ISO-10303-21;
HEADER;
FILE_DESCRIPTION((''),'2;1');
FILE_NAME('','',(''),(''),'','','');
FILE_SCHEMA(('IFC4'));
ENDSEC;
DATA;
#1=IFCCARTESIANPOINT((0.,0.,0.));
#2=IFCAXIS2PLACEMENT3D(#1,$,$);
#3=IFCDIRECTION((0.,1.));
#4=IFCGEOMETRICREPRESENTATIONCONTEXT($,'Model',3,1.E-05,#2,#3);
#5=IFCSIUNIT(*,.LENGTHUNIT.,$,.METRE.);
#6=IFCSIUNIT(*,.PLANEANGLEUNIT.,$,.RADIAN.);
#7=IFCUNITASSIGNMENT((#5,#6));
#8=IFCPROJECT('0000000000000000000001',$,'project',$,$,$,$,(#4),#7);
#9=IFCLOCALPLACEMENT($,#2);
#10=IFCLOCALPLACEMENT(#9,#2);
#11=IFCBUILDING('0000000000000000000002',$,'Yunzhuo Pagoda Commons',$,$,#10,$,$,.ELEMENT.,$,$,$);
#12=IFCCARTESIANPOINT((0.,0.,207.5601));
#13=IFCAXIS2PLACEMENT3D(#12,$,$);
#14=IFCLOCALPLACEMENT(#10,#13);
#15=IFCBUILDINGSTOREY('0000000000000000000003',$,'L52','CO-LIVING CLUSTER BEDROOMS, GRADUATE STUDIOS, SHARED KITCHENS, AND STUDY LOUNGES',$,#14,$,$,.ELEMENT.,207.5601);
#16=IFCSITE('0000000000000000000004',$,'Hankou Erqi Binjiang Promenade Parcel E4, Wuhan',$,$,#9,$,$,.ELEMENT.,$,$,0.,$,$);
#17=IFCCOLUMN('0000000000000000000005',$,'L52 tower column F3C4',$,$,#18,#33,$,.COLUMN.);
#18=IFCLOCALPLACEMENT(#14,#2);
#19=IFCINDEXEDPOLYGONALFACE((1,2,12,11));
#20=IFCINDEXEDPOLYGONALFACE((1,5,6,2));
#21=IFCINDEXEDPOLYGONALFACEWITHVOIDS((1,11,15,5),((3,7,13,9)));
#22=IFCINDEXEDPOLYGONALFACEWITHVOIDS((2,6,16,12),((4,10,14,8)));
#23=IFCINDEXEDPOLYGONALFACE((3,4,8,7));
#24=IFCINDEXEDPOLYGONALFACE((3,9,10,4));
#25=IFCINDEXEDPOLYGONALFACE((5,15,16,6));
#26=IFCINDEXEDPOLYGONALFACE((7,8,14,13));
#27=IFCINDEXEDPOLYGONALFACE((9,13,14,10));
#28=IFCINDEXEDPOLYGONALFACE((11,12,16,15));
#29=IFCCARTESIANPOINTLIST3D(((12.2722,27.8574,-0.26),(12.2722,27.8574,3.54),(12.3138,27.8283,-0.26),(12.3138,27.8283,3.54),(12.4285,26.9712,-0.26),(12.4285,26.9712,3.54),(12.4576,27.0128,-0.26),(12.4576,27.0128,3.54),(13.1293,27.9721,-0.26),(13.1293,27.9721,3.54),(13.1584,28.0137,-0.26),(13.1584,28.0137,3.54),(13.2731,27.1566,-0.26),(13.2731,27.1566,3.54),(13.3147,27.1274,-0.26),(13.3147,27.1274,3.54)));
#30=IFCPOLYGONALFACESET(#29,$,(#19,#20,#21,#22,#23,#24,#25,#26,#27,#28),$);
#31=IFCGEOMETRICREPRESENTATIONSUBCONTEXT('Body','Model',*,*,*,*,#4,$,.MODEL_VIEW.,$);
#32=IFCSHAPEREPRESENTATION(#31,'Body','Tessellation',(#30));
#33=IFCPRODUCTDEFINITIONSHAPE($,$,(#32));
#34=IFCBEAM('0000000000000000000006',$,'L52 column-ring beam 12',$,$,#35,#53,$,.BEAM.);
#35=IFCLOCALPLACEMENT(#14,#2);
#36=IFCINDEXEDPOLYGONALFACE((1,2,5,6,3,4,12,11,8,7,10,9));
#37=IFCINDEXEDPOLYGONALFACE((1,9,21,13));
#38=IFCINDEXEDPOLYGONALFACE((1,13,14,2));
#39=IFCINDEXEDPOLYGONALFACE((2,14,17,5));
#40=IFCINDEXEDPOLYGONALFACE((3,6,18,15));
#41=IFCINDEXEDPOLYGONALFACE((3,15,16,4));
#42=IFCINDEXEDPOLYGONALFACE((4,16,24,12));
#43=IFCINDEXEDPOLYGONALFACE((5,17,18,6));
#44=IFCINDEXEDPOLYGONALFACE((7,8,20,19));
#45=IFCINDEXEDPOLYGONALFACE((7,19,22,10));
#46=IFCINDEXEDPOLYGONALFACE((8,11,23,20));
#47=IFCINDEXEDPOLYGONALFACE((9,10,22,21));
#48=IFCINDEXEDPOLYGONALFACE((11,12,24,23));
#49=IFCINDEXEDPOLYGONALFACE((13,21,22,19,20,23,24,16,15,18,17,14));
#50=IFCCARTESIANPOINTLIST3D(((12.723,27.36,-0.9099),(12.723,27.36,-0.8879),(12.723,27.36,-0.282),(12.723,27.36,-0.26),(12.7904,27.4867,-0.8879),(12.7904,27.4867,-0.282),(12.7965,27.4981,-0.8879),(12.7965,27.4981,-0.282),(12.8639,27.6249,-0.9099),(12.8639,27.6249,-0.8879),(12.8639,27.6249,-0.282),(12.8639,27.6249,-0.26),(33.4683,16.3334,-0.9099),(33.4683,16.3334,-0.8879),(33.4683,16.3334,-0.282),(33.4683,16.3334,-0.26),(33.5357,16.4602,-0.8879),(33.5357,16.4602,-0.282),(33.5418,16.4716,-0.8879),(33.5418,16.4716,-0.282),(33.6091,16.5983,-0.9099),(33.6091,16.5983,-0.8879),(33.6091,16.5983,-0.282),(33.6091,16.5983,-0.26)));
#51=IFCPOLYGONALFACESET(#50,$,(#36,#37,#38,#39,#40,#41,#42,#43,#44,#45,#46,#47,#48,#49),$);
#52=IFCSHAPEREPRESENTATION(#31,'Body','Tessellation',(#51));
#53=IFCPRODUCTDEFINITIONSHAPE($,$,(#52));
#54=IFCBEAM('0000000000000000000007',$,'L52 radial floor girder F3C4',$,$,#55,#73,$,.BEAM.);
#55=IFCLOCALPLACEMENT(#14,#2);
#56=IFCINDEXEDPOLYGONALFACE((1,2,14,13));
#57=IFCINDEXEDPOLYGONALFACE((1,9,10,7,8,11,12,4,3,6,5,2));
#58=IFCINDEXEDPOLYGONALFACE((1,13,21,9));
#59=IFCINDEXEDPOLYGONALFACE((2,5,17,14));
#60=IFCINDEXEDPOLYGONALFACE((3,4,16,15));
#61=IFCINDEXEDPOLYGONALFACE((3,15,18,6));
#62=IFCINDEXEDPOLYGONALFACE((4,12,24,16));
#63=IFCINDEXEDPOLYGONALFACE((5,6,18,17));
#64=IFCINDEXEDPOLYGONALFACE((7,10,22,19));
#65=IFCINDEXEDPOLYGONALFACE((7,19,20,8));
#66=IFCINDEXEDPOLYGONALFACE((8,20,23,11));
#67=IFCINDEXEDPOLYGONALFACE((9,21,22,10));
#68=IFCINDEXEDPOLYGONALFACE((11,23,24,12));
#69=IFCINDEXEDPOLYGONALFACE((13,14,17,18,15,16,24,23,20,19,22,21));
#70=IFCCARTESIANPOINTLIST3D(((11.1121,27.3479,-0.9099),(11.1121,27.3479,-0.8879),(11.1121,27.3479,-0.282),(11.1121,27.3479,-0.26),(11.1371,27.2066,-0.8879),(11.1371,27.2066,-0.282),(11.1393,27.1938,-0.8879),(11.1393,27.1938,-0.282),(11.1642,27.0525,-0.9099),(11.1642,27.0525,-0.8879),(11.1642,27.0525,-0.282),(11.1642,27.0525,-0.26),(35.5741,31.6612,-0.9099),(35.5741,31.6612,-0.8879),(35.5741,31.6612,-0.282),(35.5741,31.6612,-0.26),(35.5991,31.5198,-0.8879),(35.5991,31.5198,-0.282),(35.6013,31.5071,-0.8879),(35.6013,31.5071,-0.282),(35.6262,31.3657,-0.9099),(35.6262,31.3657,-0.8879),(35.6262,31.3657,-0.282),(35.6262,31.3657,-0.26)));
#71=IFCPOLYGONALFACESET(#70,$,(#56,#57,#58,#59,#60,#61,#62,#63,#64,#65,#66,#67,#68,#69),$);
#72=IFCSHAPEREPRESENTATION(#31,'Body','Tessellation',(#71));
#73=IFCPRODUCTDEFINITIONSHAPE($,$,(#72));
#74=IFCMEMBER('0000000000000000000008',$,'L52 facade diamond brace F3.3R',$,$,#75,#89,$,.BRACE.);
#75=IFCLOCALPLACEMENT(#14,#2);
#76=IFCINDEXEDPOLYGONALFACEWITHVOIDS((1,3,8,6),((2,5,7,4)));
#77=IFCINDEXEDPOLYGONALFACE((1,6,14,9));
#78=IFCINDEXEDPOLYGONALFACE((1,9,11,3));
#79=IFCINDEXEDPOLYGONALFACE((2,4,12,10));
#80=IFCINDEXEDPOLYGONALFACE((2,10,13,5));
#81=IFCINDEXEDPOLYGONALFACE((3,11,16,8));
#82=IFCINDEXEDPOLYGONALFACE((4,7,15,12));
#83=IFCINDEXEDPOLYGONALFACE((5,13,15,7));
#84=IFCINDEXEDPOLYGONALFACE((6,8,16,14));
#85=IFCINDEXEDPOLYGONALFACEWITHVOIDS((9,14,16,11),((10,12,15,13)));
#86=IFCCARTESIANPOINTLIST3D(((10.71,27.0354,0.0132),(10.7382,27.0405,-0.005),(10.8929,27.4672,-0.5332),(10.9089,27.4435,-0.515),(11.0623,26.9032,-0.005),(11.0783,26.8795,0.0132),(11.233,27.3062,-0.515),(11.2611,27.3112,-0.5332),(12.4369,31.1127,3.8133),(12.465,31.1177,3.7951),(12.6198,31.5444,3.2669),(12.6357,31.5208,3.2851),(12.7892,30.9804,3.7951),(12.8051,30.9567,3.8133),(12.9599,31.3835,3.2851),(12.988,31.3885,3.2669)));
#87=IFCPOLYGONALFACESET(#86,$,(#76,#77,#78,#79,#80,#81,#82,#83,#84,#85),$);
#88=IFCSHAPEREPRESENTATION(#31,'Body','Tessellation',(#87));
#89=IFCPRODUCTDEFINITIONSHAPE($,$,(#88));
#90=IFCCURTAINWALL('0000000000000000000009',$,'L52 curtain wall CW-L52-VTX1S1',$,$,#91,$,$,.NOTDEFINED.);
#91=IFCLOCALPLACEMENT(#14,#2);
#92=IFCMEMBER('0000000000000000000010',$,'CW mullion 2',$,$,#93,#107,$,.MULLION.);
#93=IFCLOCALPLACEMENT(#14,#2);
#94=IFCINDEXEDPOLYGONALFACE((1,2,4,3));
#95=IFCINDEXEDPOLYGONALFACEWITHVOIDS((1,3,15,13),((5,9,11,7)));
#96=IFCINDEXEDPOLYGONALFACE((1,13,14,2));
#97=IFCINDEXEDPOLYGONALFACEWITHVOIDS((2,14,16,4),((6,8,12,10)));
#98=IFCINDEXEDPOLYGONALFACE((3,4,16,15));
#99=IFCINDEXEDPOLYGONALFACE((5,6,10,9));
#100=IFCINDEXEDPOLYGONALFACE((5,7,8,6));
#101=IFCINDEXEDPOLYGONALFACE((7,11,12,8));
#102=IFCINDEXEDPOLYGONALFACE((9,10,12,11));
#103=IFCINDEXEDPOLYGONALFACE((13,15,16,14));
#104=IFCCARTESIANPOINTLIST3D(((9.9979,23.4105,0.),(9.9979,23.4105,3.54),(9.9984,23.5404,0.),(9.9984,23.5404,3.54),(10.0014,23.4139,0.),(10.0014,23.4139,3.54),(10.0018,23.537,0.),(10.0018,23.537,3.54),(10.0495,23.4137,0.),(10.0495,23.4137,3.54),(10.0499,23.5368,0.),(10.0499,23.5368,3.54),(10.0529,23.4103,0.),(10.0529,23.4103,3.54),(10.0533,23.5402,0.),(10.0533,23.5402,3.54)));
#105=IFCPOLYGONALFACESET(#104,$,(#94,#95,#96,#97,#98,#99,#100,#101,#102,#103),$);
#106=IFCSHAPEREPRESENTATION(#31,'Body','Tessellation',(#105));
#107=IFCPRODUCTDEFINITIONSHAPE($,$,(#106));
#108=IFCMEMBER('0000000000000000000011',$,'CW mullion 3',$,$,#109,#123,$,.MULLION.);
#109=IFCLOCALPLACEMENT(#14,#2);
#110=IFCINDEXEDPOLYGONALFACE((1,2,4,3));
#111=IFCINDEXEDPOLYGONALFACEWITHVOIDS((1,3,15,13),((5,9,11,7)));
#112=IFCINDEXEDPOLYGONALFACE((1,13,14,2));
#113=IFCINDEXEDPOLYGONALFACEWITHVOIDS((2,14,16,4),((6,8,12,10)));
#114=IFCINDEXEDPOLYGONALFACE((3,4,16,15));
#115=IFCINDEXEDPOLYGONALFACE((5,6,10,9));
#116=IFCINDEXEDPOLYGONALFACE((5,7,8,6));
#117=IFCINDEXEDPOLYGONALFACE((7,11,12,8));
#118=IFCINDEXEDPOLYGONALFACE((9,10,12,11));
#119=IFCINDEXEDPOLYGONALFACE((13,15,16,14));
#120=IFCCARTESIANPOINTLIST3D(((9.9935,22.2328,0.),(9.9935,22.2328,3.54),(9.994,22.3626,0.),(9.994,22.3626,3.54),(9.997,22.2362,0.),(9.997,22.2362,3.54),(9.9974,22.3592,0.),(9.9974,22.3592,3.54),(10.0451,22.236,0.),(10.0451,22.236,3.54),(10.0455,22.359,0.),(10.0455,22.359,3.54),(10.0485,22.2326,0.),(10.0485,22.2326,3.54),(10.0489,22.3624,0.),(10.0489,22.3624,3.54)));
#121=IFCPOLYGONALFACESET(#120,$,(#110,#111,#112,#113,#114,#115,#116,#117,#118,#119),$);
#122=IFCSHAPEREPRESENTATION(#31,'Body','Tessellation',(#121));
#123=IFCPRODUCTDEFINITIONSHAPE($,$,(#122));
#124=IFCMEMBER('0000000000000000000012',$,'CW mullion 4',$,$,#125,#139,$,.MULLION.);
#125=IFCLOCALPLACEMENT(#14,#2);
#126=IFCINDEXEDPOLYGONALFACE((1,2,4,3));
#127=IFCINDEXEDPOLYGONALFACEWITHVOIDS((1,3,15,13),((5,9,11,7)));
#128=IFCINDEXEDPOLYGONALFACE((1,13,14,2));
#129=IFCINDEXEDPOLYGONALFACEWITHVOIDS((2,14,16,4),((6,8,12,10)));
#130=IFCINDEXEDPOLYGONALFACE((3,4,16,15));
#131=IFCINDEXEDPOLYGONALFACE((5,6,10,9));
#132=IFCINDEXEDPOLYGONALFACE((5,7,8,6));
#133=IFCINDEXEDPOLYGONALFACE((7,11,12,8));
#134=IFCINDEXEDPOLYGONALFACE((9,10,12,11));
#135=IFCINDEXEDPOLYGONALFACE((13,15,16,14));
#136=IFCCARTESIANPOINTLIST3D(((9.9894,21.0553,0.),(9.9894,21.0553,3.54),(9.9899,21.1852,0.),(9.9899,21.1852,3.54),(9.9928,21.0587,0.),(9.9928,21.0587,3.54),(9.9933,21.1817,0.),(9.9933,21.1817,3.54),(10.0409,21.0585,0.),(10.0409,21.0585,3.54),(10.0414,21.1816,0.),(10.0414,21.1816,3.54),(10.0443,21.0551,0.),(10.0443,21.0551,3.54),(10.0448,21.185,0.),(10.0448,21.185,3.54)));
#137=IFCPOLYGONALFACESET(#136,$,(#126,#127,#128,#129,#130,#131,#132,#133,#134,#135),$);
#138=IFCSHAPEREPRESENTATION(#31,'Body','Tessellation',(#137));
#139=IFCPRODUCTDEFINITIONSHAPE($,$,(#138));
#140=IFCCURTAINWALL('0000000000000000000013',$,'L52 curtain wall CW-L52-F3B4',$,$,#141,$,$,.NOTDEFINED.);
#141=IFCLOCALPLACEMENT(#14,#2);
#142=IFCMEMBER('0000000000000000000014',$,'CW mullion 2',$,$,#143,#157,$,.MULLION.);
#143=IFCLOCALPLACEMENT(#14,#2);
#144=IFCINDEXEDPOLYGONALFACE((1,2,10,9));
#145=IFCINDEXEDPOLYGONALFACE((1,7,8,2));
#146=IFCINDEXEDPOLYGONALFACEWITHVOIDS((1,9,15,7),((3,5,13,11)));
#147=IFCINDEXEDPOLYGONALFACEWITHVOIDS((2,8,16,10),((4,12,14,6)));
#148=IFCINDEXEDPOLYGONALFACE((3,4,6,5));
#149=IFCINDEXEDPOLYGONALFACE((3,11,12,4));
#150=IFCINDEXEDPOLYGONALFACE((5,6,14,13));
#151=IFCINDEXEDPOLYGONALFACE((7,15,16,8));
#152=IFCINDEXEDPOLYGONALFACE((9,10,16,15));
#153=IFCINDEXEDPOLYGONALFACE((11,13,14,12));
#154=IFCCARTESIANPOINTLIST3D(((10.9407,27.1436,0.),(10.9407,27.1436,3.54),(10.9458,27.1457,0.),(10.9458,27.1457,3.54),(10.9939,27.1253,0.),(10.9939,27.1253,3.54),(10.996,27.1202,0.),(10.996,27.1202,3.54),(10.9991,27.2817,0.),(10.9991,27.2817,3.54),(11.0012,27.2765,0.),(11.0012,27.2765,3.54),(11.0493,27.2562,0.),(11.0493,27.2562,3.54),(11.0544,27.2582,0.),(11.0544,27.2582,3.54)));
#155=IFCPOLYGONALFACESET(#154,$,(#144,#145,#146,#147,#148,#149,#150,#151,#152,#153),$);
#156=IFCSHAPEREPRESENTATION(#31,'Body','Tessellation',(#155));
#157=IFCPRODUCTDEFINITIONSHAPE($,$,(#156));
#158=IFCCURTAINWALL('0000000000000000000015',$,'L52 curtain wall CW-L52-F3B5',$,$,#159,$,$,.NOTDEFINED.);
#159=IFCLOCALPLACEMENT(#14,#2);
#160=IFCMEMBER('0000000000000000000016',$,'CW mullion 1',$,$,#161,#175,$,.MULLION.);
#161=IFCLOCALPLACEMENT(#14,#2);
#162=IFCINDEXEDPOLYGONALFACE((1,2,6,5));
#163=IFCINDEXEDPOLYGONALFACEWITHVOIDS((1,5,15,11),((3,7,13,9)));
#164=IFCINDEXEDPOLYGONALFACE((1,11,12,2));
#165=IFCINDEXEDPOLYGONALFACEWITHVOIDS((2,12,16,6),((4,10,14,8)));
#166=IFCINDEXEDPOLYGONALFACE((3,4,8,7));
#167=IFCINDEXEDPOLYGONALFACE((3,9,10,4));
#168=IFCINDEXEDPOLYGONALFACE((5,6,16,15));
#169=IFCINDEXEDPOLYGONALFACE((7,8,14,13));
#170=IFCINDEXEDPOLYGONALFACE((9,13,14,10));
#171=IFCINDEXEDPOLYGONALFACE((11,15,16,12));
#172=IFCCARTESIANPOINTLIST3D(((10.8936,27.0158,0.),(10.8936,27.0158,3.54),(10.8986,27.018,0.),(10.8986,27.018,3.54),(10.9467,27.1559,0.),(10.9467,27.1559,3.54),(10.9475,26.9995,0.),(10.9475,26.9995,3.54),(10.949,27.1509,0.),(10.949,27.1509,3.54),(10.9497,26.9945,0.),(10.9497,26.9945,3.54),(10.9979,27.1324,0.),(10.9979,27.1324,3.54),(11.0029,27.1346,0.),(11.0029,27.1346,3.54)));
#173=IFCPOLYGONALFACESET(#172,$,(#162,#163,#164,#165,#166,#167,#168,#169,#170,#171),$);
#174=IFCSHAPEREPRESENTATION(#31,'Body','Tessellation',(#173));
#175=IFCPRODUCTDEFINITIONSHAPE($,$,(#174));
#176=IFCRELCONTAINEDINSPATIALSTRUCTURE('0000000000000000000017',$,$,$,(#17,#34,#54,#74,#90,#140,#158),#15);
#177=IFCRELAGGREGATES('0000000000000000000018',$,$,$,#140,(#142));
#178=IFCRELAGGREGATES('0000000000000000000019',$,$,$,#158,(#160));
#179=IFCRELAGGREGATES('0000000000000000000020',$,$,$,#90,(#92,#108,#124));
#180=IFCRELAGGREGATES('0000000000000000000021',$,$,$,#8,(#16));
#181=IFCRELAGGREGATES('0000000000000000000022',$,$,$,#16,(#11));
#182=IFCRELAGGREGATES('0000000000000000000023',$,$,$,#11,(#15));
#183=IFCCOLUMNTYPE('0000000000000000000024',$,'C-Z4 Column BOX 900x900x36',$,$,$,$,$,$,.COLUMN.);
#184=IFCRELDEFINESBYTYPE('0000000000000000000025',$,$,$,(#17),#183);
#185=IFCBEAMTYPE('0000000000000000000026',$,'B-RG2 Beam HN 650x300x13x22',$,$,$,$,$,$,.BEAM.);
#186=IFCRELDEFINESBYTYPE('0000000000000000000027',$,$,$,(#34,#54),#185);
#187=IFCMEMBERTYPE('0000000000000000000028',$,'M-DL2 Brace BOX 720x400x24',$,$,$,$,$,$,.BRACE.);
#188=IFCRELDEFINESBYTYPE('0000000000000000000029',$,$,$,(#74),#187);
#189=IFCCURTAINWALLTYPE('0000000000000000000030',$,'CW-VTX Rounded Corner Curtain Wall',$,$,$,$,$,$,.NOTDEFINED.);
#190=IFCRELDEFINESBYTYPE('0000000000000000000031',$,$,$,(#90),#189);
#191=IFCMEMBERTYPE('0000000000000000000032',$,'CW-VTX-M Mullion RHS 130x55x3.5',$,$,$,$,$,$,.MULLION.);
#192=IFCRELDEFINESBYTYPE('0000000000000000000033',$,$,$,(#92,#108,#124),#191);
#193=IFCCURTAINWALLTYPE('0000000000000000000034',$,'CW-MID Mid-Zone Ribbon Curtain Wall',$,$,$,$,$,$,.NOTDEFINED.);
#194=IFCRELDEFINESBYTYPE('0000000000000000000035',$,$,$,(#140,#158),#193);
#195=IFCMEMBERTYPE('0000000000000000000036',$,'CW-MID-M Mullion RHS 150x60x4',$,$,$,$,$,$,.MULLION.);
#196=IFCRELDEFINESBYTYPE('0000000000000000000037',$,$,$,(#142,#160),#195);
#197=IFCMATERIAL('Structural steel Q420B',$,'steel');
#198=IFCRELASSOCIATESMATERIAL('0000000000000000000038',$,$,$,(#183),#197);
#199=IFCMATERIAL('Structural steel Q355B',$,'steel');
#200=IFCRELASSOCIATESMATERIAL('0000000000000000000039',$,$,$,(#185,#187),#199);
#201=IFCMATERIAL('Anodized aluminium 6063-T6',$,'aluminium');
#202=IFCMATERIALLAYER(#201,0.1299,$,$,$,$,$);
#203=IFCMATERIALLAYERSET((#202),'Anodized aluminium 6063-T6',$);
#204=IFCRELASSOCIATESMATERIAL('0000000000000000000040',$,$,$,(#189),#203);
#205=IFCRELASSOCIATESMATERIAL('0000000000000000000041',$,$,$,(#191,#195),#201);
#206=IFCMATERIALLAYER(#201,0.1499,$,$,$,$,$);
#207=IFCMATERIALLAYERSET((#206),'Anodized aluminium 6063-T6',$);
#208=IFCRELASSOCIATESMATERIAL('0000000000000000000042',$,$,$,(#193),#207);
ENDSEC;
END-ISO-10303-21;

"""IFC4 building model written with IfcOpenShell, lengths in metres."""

from ifc_helpers import new_model, si_unit, direction, frame, origin, origin_2d, place, context, subcontext, project, spatial, hollow_rectangle, i_section, extrude, source, transform, mapped, material, layer, layer_set, material_profile, profile_set, type_object, element, aggregate, save


model = new_model("IFC4")

# Units and contexts
model_context = context("Model", 3, precision=1e-05, world=origin(), true_north=direction((0.0, 1.0)))
body_context = subcontext(model_context, "Body", "Model", "MODEL_VIEW")
ifc_project = project(units=[si_unit("LENGTHUNIT", "METRE"), si_unit("PLANEANGLEUNIT", "RADIAN")], contexts=[model_context])

# Site, building, storey
site_placement = place(None, origin())
site = spatial("IfcSite", under=ifc_project, at=site_placement, Name="Hankou Erqi Binjiang Promenade Parcel E4, Wuhan", CompositionType="ELEMENT", RefElevation=0.0)
building_placement = place(site_placement, origin())
building = spatial("IfcBuilding", under=site, at=building_placement, Name="Yunzhuo Pagoda Commons", CompositionType="ELEMENT")
storey_placement = place(building_placement, frame((0.0, 0.0, 207.5601)))
storey = spatial("IfcBuildingStorey", under=building, at=storey_placement, Name="L52", Description="CO-LIVING CLUSTER BEDROOMS, GRADUATE STUDIOS, SHARED KITCHENS, AND STUDY LOUNGES", CompositionType="ELEMENT", Elevation=207.5601)

# Column
ifc_material_1 = material(Name="Structural steel Q420B", Category="steel")
ifc_material_profile_1 = material_profile(ifc_material_1, hollow_rectangle(XDim=0.8999, YDim=0.8999, WallThickness=0.0359, at=origin_2d()), Name="Structural steel Q420B")
ifc_profile_set_1 = profile_set([ifc_material_profile_1], Name="Structural steel Q420B")
column_type = type_object("IfcColumnType", Name="C-Z4 Column BOX 900x900x36", PredefinedType="COLUMN", material=ifc_profile_set_1)
shared_shape_1 = source(origin(), body_context, "Body", "SweptSolid", [
    extrude(hollow_rectangle(XDim=0.8999, YDim=0.8999, WallThickness=0.0359, at=origin_2d()), origin(), (0.0, 0.0, 1.0), 3.8),
])
column_placement = place(storey_placement, frame((12.7935, 27.4924, -0.26), z_axis=(0.0, 0.0, 1.0), x_axis=(0.173648, -0.984808, 0.0)))
element("IfcColumn", 1, at=column_placement, inside=storey, type_object=column_type, Name="L52 tower column F3C4", PredefinedType="COLUMN", context=body_context, shape_type="MappedRepresentation", body=[
    mapped(shared_shape_1, transform((0.0, 0.0, 0.0), scale=1.0)),
])

# Beams
ifc_material_2 = material(Name="Structural steel Q355B", Category="steel")
ifc_material_profile_2 = material_profile(ifc_material_2, i_section(OverallWidth=0.3, OverallDepth=0.6499, WebThickness=0.0129, FlangeThickness=0.022, at=origin_2d()), Name="Structural steel Q355B")
ifc_profile_set_2 = profile_set([ifc_material_profile_2], Name="Structural steel Q355B")
beam_type = type_object("IfcBeamType", Name="B-RG2 Beam HN 650x300x13x22", PredefinedType="BEAM", material=ifc_profile_set_2)
shared_shape_2 = source(origin(), body_context, "Body", "SweptSolid", [
    extrude(i_section(OverallWidth=0.3, OverallDepth=0.6499, WebThickness=0.0129, FlangeThickness=0.022, at=origin_2d()), origin(), (0.0, 0.0, 1.0), 23.4937),
])
beam_1_placement = place(storey_placement, frame((12.7935, 27.4924, -0.585), z_axis=(0.883016, -0.469342, 0.0), x_axis=(0.469342, 0.883016, 0.0)))
element("IfcBeam", 2, at=beam_1_placement, inside=storey, type_object=beam_type, Name="L52 column-ring beam 12", PredefinedType="BEAM", context=body_context, shape_type="MappedRepresentation", body=[
    mapped(shared_shape_2, transform((0.0, 0.0, 0.0), scale=1.0)),
])
shared_shape_3 = source(origin(), body_context, "Body", "SweptSolid", [
    extrude(i_section(OverallWidth=0.3, OverallDepth=0.6499, WebThickness=0.0129, FlangeThickness=0.022, at=origin_2d()), origin(), (0.0, 0.0, 1.0), 24.8394),
])
beam_2_placement = place(storey_placement, frame((11.1382, 27.2002, -0.585), z_axis=(0.984808, 0.173646, 0.0), x_axis=(-0.173646, 0.984808, 0.0)))
element("IfcBeam", 3, at=beam_2_placement, inside=storey, type_object=beam_type, Name="L52 radial floor girder F3C4", PredefinedType="BEAM", context=body_context, shape_type="MappedRepresentation", body=[
    mapped(shared_shape_3, transform((0.0, 0.0, 0.0), scale=1.0)),
])

# Member
ifc_material_profile_3 = material_profile(ifc_material_2, hollow_rectangle(XDim=0.3999, YDim=0.72, WallThickness=0.0239, at=origin_2d()), Name="Structural steel Q355B")
ifc_profile_set_3 = profile_set([ifc_material_profile_3], Name="Structural steel Q355B")
member_type_1 = type_object("IfcMemberType", Name="M-DL2 Brace BOX 720x400x24", PredefinedType="BRACE", material=ifc_profile_set_3)
shared_shape_4 = source(origin(), body_context, "Body", "SweptSolid", [
    extrude(hollow_rectangle(XDim=0.3999, YDim=0.72, WallThickness=0.0239, at=origin_2d()), origin(), (0.0, 0.0, 1.0), 5.835),
])
member_1_placement = place(storey_placement, frame((10.9856, 27.1733, -0.26), z_axis=(0.295947, 0.698759, 0.651269), x_axis=(-0.920817, 0.389996, 0.0)))
element("IfcMember", 4, at=member_1_placement, inside=storey, type_object=member_type_1, Name="L52 facade diamond brace F3.3R", PredefinedType="BRACE", context=body_context, shape_type="MappedRepresentation", body=[
    mapped(shared_shape_4, transform((0.0, 0.0, 0.0), scale=1.0)),
])

# Curtain wall, members
ifc_material_3 = material(Name="Anodized aluminium 6063-T6", Category="aluminium")
ifc_layer_1 = layer(ifc_material_3, 0.1299)
ifc_layer_set_1 = layer_set([ifc_layer_1], Name="Anodized aluminium 6063-T6")
curtain_wall_type_1 = type_object("IfcCurtainWallType", Name="CW-VTX Rounded Corner Curtain Wall", PredefinedType="NOTDEFINED", material=ifc_layer_set_1)
curtain_wall_1_placement = place(storey_placement, origin())
curtain_wall_1 = element("IfcCurtainWall", 5, at=curtain_wall_1_placement, inside=storey, type_object=curtain_wall_type_1, Name="L52 curtain wall CW-L52-VTX1S1", PredefinedType="NOTDEFINED")
ifc_material_profile_4 = material_profile(ifc_material_3, hollow_rectangle(XDim=0.0549, YDim=0.1299, WallThickness=0.0034, at=origin_2d()), Name="Anodized aluminium 6063-T6")
ifc_profile_set_4 = profile_set([ifc_material_profile_4], Name="Anodized aluminium 6063-T6")
member_type_2 = type_object("IfcMemberType", Name="CW-VTX-M Mullion RHS 130x55x3.5", PredefinedType="MULLION", material=ifc_profile_set_4)
shared_shape_5 = source(origin(), body_context, "Body", "SweptSolid", [
    extrude(hollow_rectangle(XDim=0.0549, YDim=0.1299, WallThickness=0.0034, at=origin_2d()), origin(), (0.0, 0.0, 1.0), 3.54),
])
member_2_placement = place(storey_placement, frame((10.0256, 23.4753, 0.0), z_axis=(0.0, 0.0, 1.0), x_axis=(0.999994, -0.003588, 0.0)))
member_2 = element("IfcMember", 6, at=member_2_placement, type_object=member_type_2, Name="CW mullion 2", PredefinedType="MULLION", context=body_context, shape_type="MappedRepresentation", body=[
    mapped(shared_shape_5, transform((0.0, 0.0, 0.0), scale=1.0)),
])
member_3_placement = place(storey_placement, frame((10.0212, 22.2976, 0.0), z_axis=(0.0, 0.0, 1.0), x_axis=(0.999994, -0.003588, 0.0)))
member_3 = element("IfcMember", 7, at=member_3_placement, type_object=member_type_2, Name="CW mullion 3", PredefinedType="MULLION", context=body_context, shape_type="MappedRepresentation", body=[
    mapped(shared_shape_5, transform((0.0, 0.0, 0.0), scale=1.0)),
])
member_4_placement = place(storey_placement, frame((10.0171, 21.1201, 0.0), z_axis=(0.0, 0.0, 1.0), x_axis=(0.999994, -0.003588, 0.0)))
member_4 = element("IfcMember", 8, at=member_4_placement, type_object=member_type_2, Name="CW mullion 4", PredefinedType="MULLION", context=body_context, shape_type="MappedRepresentation", body=[
    mapped(shared_shape_5, transform((0.0, 0.0, 0.0), scale=1.0)),
])

# Curtain wall, member
ifc_layer_2 = layer(ifc_material_3, 0.1499)
ifc_layer_set_2 = layer_set([ifc_layer_2], Name="Anodized aluminium 6063-T6")
curtain_wall_type_2 = type_object("IfcCurtainWallType", Name="CW-MID Mid-Zone Ribbon Curtain Wall", PredefinedType="NOTDEFINED", material=ifc_layer_set_2)
curtain_wall_2_placement = place(storey_placement, origin())
curtain_wall_2 = element("IfcCurtainWall", 9, at=curtain_wall_2_placement, inside=storey, type_object=curtain_wall_type_2, Name="L52 curtain wall CW-L52-F3B4", PredefinedType="NOTDEFINED")
ifc_material_profile_5 = material_profile(ifc_material_3, hollow_rectangle(XDim=0.0601, YDim=0.1499, WallThickness=0.0039, at=origin_2d()), Name="Anodized aluminium 6063-T6")
ifc_profile_set_5 = profile_set([ifc_material_profile_5], Name="Anodized aluminium 6063-T6")
member_type_3 = type_object("IfcMemberType", Name="CW-MID-M Mullion RHS 150x60x4", PredefinedType="MULLION", material=ifc_profile_set_5)
shared_shape_6 = source(origin(), body_context, "Body", "SweptSolid", [
    extrude(hollow_rectangle(XDim=0.0601, YDim=0.1499, WallThickness=0.0039, at=origin_2d()), origin(), (0.0, 0.0, 1.0), 3.54),
])
member_5_placement = place(storey_placement, frame((10.9976, 27.2009, 0.0), z_axis=(0.0, 0.0, 1.0), x_axis=(0.920824, -0.389978, 0.0)))
member_5 = element("IfcMember", 10, at=member_5_placement, type_object=member_type_3, Name="CW mullion 2", PredefinedType="MULLION", context=body_context, shape_type="MappedRepresentation", body=[
    mapped(shared_shape_6, transform((0.0, 0.0, 0.0), scale=1.0)),
])

# Curtain wall, member
curtain_wall_3_placement = place(storey_placement, origin())
curtain_wall_3 = element("IfcCurtainWall", 11, at=curtain_wall_3_placement, inside=storey, type_object=curtain_wall_type_2, Name="L52 curtain wall CW-L52-F3B5", PredefinedType="NOTDEFINED")
member_6_placement = place(storey_placement, frame((10.9482, 27.0752, 0.0), z_axis=(0.0, 0.0, 1.0), x_axis=(0.935034, -0.354559, 0.0)))
member_6 = element("IfcMember", 12, at=member_6_placement, type_object=member_type_3, Name="CW mullion 1", PredefinedType="MULLION", context=body_context, shape_type="MappedRepresentation", body=[
    mapped(shared_shape_6, transform((0.0, 0.0, 0.0), scale=1.0)),
])

aggregate(curtain_wall_2, [member_5])
aggregate(curtain_wall_3, [member_6])
aggregate(curtain_wall_1, [member_2, member_3, member_4])

save(model, "model.ifc")
